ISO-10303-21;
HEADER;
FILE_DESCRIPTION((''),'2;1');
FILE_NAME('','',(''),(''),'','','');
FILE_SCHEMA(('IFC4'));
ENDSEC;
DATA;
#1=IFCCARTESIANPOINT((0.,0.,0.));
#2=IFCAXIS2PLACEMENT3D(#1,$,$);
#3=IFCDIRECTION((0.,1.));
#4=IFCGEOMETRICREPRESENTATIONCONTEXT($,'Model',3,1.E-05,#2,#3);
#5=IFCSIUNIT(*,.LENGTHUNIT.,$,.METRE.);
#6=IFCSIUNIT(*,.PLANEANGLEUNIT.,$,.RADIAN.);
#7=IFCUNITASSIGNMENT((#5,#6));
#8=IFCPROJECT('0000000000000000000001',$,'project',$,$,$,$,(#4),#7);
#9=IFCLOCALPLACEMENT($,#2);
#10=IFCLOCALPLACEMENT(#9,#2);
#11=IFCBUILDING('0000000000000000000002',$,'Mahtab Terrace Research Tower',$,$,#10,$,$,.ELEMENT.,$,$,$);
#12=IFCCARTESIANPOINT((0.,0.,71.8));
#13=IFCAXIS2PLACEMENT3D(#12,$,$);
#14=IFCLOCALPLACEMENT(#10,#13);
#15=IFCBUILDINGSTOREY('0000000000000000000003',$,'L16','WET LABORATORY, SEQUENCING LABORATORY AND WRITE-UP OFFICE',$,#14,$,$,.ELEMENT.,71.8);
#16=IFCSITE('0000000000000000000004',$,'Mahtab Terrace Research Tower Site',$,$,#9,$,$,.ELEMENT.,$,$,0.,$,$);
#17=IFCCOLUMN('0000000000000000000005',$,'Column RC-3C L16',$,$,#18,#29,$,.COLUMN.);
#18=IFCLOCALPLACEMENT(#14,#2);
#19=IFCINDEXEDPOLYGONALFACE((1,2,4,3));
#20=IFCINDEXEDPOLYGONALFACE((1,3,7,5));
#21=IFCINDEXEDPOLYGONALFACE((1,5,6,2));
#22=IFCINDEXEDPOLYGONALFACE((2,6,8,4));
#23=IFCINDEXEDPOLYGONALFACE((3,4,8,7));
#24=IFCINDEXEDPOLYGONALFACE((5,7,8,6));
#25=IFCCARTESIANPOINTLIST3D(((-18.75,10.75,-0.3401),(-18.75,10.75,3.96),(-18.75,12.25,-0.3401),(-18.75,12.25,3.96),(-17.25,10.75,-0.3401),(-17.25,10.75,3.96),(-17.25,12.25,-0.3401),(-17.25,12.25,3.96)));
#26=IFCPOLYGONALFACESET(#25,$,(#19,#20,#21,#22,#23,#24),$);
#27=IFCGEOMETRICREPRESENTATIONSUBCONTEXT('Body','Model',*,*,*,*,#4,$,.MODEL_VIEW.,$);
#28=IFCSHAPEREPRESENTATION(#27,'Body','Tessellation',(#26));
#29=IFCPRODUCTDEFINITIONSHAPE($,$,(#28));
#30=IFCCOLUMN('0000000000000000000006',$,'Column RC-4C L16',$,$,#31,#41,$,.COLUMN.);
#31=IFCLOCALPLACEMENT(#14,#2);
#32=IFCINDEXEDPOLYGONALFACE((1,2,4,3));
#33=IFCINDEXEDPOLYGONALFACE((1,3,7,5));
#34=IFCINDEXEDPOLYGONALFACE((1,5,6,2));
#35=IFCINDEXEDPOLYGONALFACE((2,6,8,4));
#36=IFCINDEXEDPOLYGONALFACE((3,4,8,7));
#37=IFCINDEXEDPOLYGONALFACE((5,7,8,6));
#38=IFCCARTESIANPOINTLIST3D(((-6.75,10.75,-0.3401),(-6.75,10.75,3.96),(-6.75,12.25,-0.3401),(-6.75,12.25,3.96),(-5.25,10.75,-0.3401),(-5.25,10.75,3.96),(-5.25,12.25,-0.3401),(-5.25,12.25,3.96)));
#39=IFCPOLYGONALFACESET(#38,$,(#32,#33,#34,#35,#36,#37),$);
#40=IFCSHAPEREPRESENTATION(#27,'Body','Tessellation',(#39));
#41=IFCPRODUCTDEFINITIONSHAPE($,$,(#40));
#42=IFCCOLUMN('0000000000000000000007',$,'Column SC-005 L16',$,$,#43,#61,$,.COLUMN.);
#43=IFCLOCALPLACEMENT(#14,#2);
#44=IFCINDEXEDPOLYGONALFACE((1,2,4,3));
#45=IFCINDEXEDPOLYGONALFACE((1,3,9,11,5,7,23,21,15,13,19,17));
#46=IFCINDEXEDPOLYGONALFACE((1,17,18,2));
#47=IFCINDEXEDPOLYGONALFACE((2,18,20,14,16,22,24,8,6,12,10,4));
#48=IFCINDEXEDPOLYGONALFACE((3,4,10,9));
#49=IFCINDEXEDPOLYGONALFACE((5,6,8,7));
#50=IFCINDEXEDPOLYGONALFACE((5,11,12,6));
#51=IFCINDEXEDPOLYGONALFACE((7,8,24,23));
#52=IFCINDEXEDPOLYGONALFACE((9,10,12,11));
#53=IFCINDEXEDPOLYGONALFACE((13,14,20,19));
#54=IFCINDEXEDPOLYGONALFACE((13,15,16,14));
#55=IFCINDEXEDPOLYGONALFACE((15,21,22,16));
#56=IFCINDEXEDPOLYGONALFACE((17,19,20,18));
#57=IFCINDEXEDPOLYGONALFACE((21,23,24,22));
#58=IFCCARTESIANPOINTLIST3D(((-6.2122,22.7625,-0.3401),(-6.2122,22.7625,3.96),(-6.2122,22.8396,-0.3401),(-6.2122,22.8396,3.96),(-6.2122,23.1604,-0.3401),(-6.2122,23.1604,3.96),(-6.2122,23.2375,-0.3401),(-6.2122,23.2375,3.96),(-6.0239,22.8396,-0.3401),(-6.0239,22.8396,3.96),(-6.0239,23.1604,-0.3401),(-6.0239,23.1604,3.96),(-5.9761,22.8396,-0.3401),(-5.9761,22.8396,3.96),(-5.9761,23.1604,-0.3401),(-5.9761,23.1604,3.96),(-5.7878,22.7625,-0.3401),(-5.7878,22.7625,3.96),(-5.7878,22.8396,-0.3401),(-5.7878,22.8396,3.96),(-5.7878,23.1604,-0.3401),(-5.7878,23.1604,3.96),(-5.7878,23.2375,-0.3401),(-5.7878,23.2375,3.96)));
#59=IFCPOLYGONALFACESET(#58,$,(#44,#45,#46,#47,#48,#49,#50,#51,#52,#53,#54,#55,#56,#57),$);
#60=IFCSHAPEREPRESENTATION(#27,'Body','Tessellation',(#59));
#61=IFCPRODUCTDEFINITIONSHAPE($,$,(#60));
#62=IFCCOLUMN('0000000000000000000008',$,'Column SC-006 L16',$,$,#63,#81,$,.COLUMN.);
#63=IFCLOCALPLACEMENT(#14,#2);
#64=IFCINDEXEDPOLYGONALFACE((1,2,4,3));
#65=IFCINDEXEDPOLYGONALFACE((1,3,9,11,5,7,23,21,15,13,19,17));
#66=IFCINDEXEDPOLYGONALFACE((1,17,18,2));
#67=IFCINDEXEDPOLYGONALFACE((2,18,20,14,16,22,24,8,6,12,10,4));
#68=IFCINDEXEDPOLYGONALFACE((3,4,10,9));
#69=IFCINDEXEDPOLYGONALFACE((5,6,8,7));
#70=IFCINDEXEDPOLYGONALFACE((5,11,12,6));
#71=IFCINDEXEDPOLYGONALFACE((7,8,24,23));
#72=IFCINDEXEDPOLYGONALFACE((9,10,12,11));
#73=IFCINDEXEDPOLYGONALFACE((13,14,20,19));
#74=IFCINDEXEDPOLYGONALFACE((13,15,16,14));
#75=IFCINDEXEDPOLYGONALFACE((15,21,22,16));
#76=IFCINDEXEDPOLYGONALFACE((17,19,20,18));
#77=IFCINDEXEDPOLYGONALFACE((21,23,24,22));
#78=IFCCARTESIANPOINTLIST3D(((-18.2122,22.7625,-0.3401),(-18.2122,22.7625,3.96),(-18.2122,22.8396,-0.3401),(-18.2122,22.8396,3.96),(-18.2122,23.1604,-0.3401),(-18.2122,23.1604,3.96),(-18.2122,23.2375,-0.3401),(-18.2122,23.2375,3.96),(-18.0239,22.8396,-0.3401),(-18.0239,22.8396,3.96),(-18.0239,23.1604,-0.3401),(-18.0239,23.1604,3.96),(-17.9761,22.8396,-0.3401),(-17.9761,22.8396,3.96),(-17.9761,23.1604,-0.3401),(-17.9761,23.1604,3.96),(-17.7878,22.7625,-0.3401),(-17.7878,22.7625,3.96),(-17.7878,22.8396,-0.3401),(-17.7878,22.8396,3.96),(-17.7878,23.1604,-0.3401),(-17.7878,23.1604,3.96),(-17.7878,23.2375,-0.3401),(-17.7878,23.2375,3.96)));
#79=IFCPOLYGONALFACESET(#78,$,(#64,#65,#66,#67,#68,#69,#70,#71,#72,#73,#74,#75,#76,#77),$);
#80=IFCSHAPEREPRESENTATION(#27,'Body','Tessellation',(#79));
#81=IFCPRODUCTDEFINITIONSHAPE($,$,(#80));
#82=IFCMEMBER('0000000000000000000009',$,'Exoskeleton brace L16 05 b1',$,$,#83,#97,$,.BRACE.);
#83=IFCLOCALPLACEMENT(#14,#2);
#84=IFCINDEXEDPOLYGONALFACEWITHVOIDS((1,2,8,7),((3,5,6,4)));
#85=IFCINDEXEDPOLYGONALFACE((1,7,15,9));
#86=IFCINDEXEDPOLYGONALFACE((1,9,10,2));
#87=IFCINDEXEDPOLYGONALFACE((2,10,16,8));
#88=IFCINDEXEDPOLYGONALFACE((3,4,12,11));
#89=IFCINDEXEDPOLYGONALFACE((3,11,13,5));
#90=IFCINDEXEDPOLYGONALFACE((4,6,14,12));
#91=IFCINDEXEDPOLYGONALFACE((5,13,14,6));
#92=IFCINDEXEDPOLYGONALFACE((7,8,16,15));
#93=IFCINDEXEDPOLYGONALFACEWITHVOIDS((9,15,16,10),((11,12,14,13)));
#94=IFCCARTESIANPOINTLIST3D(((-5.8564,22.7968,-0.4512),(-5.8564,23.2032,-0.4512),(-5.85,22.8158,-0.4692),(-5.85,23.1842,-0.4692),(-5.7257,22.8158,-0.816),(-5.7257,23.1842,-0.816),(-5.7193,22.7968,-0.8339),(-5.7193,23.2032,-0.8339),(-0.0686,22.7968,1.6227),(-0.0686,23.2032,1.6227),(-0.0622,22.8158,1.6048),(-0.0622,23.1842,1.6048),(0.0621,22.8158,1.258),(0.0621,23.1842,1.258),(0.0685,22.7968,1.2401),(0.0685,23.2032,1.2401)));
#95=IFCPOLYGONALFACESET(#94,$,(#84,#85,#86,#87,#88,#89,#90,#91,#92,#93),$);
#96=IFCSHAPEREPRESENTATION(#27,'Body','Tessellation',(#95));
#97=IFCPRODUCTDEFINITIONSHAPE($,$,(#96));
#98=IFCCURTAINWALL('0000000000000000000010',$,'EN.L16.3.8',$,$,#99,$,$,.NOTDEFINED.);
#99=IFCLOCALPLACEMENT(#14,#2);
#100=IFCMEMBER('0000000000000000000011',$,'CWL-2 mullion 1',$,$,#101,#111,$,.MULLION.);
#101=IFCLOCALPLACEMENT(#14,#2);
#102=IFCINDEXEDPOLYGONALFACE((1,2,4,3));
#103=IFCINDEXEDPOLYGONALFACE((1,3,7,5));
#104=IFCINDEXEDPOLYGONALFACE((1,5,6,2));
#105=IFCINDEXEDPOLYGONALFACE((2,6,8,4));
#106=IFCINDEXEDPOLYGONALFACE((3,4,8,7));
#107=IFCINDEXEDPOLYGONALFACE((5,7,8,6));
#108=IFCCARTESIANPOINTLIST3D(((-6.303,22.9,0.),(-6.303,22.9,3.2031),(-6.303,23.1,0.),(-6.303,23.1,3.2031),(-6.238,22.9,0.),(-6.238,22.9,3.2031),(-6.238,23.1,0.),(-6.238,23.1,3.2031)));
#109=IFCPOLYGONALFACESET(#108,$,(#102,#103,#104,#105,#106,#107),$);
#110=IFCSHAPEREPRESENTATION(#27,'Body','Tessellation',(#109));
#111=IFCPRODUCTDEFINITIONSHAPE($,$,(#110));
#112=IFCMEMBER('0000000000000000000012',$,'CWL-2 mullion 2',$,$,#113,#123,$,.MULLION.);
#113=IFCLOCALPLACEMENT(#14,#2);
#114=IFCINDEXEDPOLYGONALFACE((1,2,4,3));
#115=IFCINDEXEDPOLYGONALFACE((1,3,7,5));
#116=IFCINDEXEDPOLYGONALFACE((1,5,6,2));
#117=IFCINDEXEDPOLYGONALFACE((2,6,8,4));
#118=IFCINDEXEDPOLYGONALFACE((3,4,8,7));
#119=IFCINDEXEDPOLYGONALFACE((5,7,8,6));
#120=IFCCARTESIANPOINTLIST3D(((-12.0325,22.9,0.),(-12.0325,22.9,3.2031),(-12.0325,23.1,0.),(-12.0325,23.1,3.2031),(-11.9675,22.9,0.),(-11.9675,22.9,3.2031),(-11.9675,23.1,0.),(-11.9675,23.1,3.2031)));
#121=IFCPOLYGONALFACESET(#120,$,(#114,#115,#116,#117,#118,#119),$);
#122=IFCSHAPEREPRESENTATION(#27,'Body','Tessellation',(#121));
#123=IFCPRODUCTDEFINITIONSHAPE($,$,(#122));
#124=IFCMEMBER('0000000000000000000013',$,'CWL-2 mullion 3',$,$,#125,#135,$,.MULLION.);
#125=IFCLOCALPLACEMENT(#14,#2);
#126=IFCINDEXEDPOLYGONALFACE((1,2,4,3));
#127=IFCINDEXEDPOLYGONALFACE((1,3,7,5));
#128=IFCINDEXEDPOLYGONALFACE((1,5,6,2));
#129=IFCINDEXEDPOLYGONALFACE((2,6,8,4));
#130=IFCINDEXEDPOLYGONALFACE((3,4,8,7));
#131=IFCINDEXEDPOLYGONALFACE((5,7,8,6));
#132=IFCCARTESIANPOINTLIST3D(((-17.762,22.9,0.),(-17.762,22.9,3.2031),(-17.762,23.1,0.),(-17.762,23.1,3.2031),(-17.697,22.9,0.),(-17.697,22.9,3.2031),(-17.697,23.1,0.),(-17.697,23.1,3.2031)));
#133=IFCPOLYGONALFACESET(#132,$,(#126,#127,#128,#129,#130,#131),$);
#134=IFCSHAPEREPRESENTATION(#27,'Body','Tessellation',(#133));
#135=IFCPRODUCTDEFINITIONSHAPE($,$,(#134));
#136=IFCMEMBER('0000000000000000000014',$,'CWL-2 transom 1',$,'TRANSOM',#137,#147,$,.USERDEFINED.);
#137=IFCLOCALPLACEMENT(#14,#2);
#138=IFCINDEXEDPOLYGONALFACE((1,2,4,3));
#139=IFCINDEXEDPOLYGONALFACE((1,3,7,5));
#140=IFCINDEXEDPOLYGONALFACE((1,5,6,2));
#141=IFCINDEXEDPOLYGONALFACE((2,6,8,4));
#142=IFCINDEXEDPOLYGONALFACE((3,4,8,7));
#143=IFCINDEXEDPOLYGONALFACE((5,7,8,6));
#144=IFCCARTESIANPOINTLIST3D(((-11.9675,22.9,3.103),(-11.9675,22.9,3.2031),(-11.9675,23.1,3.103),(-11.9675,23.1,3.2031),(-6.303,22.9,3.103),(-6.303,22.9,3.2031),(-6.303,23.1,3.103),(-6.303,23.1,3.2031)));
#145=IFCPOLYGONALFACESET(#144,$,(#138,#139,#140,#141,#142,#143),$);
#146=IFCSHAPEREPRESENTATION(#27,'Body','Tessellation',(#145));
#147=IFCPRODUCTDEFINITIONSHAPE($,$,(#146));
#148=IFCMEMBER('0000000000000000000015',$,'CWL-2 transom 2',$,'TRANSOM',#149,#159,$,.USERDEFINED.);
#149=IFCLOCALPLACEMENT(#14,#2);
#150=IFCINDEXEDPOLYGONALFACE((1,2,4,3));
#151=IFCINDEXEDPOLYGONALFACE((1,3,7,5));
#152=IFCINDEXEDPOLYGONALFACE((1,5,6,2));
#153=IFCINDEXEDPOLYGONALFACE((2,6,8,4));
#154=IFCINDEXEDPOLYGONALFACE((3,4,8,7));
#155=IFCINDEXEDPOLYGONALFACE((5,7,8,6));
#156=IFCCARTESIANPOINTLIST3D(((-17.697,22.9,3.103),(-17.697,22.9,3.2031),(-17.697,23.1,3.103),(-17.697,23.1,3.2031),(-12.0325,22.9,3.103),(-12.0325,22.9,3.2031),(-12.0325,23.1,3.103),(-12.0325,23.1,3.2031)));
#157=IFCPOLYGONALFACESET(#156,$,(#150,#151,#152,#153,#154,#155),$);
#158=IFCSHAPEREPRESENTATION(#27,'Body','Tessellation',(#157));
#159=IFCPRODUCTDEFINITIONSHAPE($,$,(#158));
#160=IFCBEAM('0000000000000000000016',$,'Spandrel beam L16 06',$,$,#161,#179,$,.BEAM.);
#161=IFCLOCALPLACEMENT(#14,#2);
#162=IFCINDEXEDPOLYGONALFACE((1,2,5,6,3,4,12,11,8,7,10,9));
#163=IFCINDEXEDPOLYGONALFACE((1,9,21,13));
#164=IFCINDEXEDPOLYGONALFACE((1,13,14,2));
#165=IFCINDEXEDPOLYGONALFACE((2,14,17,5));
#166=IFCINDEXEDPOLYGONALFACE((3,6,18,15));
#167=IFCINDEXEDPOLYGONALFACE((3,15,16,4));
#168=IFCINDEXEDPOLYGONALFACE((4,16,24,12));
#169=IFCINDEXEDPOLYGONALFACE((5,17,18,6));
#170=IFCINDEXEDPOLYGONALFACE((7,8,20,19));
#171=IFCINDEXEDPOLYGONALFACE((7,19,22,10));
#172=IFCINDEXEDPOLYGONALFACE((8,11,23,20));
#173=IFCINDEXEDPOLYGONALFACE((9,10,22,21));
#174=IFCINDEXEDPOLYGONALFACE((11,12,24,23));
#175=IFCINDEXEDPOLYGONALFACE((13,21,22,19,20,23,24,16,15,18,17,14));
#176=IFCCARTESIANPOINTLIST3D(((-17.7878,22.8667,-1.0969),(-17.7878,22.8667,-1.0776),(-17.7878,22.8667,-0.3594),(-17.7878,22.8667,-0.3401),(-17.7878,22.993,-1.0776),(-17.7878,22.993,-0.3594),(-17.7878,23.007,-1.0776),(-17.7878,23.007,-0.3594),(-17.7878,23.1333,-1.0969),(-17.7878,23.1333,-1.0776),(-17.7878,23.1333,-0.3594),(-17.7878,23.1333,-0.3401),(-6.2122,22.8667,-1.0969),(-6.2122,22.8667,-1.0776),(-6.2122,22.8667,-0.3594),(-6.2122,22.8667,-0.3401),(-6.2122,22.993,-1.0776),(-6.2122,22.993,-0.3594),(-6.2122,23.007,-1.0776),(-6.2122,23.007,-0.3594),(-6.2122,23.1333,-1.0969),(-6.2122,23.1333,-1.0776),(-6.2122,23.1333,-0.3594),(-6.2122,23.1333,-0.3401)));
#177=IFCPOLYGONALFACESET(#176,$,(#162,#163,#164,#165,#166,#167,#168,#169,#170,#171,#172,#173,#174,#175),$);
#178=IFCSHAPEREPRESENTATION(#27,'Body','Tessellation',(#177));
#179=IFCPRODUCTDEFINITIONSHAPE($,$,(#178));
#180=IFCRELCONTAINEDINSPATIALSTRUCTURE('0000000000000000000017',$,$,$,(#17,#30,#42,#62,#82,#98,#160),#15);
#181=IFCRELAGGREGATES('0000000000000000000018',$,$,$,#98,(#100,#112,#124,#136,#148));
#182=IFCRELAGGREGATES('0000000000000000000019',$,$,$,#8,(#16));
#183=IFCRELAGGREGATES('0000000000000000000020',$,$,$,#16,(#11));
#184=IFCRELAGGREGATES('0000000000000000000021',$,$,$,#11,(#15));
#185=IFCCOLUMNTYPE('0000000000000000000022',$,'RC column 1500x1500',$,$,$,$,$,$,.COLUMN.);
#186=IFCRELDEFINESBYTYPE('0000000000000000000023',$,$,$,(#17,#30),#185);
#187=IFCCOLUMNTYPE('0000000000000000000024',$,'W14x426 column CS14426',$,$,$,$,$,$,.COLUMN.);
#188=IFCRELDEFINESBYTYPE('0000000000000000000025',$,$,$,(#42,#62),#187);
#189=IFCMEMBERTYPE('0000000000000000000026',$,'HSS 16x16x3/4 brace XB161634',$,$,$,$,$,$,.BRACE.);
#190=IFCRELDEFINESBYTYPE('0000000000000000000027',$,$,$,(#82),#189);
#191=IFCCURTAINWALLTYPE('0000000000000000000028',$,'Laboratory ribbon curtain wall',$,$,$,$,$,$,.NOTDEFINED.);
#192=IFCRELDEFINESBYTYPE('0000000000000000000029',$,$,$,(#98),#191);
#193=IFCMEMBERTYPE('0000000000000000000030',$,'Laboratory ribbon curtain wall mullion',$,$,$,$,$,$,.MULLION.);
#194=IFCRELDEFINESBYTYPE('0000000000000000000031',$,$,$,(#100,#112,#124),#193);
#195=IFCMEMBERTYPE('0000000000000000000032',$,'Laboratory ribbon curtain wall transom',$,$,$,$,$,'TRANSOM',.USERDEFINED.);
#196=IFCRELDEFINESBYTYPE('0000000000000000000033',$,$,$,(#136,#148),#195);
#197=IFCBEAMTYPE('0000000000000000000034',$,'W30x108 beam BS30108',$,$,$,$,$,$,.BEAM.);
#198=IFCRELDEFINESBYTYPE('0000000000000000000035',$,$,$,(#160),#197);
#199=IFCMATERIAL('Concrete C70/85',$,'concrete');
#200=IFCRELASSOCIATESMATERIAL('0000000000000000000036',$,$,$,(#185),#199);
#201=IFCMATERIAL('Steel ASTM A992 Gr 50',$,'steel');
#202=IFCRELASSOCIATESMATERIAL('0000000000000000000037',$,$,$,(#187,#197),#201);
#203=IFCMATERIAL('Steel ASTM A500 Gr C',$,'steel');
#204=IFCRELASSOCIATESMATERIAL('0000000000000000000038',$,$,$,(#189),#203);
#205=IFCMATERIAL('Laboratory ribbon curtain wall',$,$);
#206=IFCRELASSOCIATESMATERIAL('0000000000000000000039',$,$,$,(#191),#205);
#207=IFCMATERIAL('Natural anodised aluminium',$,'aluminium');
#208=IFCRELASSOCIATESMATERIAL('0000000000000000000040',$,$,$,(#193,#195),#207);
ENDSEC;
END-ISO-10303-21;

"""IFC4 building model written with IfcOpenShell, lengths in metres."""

from ifc_helpers import new_model, si_unit, direction, frame, origin, origin_2d, place, context, subcontext, project, spatial, rectangle, hollow_rectangle, i_section, extrude, material, material_profile, profile_set, type_object, element, aggregate, save


model = new_model("IFC4")

# Units and contexts
model_context = context("Model", 3, precision=1e-05, world=origin(), true_north=direction((0.0, 1.0)))
body_context = subcontext(model_context, "Body", "Model", "MODEL_VIEW")
ifc_project = project(units=[si_unit("LENGTHUNIT", "METRE"), si_unit("PLANEANGLEUNIT", "RADIAN")], contexts=[model_context])

# Site, building, storey
site_placement = place(None, origin())
site = spatial("IfcSite", under=ifc_project, at=site_placement, Name="Mahtab Terrace Research Tower Site", CompositionType="ELEMENT", RefElevation=0.0)
building_placement = place(site_placement, origin())
building = spatial("IfcBuilding", under=site, at=building_placement, Name="Mahtab Terrace Research Tower", CompositionType="ELEMENT")
storey_placement = place(building_placement, frame((0.0, 0.0, 71.8)))
storey = spatial("IfcBuildingStorey", under=building, at=storey_placement, Name="L16", Description="WET LABORATORY, SEQUENCING LABORATORY AND WRITE-UP OFFICE", CompositionType="ELEMENT", Elevation=71.8)

# Columns
ifc_material_1 = material(Name="Concrete C70/85", Category="concrete")
ifc_material_profile_1 = material_profile(ifc_material_1, rectangle(XDim=1.5, YDim=1.5, at=origin_2d()), Name="RC column 1500x1500")
ifc_profile_set_1 = profile_set([ifc_material_profile_1], Name="Concrete C70/85")
column_type_1 = type_object("IfcColumnType", Name="RC column 1500x1500", PredefinedType="COLUMN", material=ifc_profile_set_1)
for number, where, z_axis, x_axis, name in (
    (1, (-18.0, 11.5, -0.3401), (0.0, 0.0, 1.0), (1.0, 0.0, 0.0), "Column RC-3C L16"),
    (2, (-6.0, 11.5, -0.3401), (0.0, 0.0, 1.0), (1.0, 0.0, 0.0), "Column RC-4C L16"),
):
    element("IfcColumn", number, at=place(storey_placement, frame(where, z_axis=z_axis, x_axis=x_axis)), inside=storey, type_object=column_type_1, Name=name, PredefinedType="COLUMN", context=body_context, shape_type="SweptSolid", body=[
        extrude(rectangle(XDim=1.5, YDim=1.5, at=origin_2d()), origin(), (0.0, 0.0, 1.0), 4.3),
    ])
ifc_material_2 = material(Name="Steel ASTM A992 Gr 50", Category="steel")
ifc_material_profile_2 = material_profile(ifc_material_2, i_section(OverallWidth=0.4243, OverallDepth=0.4751, WebThickness=0.0479, FlangeThickness=0.0771, at=origin_2d()), Name="W14X426")
ifc_profile_set_2 = profile_set([ifc_material_profile_2], Name="Steel ASTM A992 Gr 50")
column_type_2 = type_object("IfcColumnType", Name="W14x426 column CS14426", PredefinedType="COLUMN", material=ifc_profile_set_2)
for number, where, z_axis, x_axis, name in (
    (3, (-6.0, 23.0, -0.3401), (0.0, 0.0, 1.0), (1.0, 0.0, 0.0), "Column SC-005 L16"),
    (4, (-18.0, 23.0, -0.3401), (0.0, 0.0, 1.0), (1.0, 0.0, 0.0), "Column SC-006 L16"),
):
    element("IfcColumn", number, at=place(storey_placement, frame(where, z_axis=z_axis, x_axis=x_axis)), inside=storey, type_object=column_type_2, Name=name, PredefinedType="COLUMN", context=body_context, shape_type="SweptSolid", body=[
        extrude(i_section(OverallWidth=0.4243, OverallDepth=0.4751, WebThickness=0.0479, FlangeThickness=0.0771, at=origin_2d()), origin(), (0.0, 0.0, 1.0), 4.3),
    ])

# Member
ifc_material_3 = material(Name="Steel ASTM A500 Gr C", Category="steel")
ifc_material_profile_3 = material_profile(ifc_material_3, hollow_rectangle(XDim=0.4065, YDim=0.4065, WallThickness=0.019, at=origin_2d()), Name="HSS16X16X3/4")
ifc_profile_set_3 = profile_set([ifc_material_profile_3], Name="Steel ASTM A500 Gr C")
member_type_1 = type_object("IfcMemberType", Name="HSS 16x16x3/4 brace XB161634", PredefinedType="BRACE", material=ifc_profile_set_3)
member_1_placement = place(storey_placement, frame((-5.7878, 23.0, -0.6426), z_axis=(0.941387, 0.0, 0.33733), x_axis=(0.0, 1.0, 0.0)))
element("IfcMember", 5, at=member_1_placement, inside=storey, type_object=member_type_1, Name="Exoskeleton brace L16 05 b1", PredefinedType="BRACE", context=body_context, shape_type="SweptSolid", body=[
    extrude(hollow_rectangle(XDim=0.4065, YDim=0.4065, WallThickness=0.019, at=origin_2d()), origin(), (0.0, 0.0, 1.0), 6.1482),
])

# Curtain wall, members
ifc_material_4 = material(Name="Laboratory ribbon curtain wall")
curtain_wall_type = type_object("IfcCurtainWallType", Name="Laboratory ribbon curtain wall", PredefinedType="NOTDEFINED", material=ifc_material_4)
curtain_wall_placement = place(storey_placement, origin())
curtain_wall = element("IfcCurtainWall", 6, at=curtain_wall_placement, inside=storey, type_object=curtain_wall_type, Name="EN.L16.3.8", PredefinedType="NOTDEFINED")
ifc_material_5 = material(Name="Natural anodised aluminium", Category="aluminium")
ifc_material_profile_4 = material_profile(ifc_material_5, rectangle(XDim=0.2, YDim=0.0649, at=origin_2d()), Name="MULLION 65x200")
ifc_profile_set_4 = profile_set([ifc_material_profile_4], Name="Natural anodised aluminium")
member_type_2 = type_object("IfcMemberType", Name="Laboratory ribbon curtain wall mullion", PredefinedType="MULLION", material=ifc_profile_set_4)
member_2_placement = place(storey_placement, frame((-6.2705, 23.0, 0.0), z_axis=(0.0, 0.0, 1.0), x_axis=(0.0, -1.0, 0.0)))
member_2 = element("IfcMember", 7, at=member_2_placement, type_object=member_type_2, Name="CWL-2 mullion 1", PredefinedType="MULLION", context=body_context, shape_type="SweptSolid", body=[
    extrude(rectangle(XDim=0.2, YDim=0.0649, at=origin_2d()), origin(), (0.0, 0.0, 1.0), 3.2031),
])
member_3_placement = place(storey_placement, frame((-12.0, 23.0, 0.0), z_axis=(0.0, 0.0, 1.0), x_axis=(0.0, -1.0, 0.0)))
member_3 = element("IfcMember", 8, at=member_3_placement, type_object=member_type_2, Name="CWL-2 mullion 2", PredefinedType="MULLION", context=body_context, shape_type="SweptSolid", body=[
    extrude(rectangle(XDim=0.2, YDim=0.0649, at=origin_2d()), origin(), (0.0, 0.0, 1.0), 3.2031),
])
member_4_placement = place(storey_placement, frame((-17.7295, 23.0, 0.0), z_axis=(0.0, 0.0, 1.0), x_axis=(0.0, -1.0, 0.0)))
member_4 = element("IfcMember", 9, at=member_4_placement, type_object=member_type_2, Name="CWL-2 mullion 3", PredefinedType="MULLION", context=body_context, shape_type="SweptSolid", body=[
    extrude(rectangle(XDim=0.2, YDim=0.0649, at=origin_2d()), origin(), (0.0, 0.0, 1.0), 3.2031),
])
ifc_material_profile_5 = material_profile(ifc_material_5, rectangle(XDim=0.2, YDim=0.1001, at=origin_2d()), Name="TRANSOM 100x200")
ifc_profile_set_5 = profile_set([ifc_material_profile_5], Name="Natural anodised aluminium")
member_type_3 = type_object("IfcMemberType", Name="Laboratory ribbon curtain wall transom", ElementType="TRANSOM", PredefinedType="USERDEFINED", material=ifc_profile_set_5)
member_5_placement = place(storey_placement, frame((-6.303, 23.0, 3.1531), z_axis=(-1.0, 0.0, 0.0), x_axis=(0.0, -1.0, 0.0)))
member_5 = element("IfcMember", 10, at=member_5_placement, type_object=member_type_3, Name="CWL-2 transom 1", ObjectType="TRANSOM", PredefinedType="USERDEFINED", context=body_context, shape_type="SweptSolid", body=[
    extrude(rectangle(XDim=0.2, YDim=0.1001, at=origin_2d()), origin(), (0.0, 0.0, 1.0), 5.6646),
])
member_6_placement = place(storey_placement, frame((-12.0325, 23.0, 3.1531), z_axis=(-1.0, 0.0, 0.0), x_axis=(0.0, -1.0, 0.0)))
member_6 = element("IfcMember", 11, at=member_6_placement, type_object=member_type_3, Name="CWL-2 transom 2", ObjectType="TRANSOM", PredefinedType="USERDEFINED", context=body_context, shape_type="SweptSolid", body=[
    extrude(rectangle(XDim=0.2, YDim=0.1001, at=origin_2d()), origin(), (0.0, 0.0, 1.0), 5.6646),
])

# Beam
ifc_material_profile_6 = material_profile(ifc_material_2, i_section(OverallWidth=0.2666, OverallDepth=0.7568, WebThickness=0.0139, FlangeThickness=0.0193, at=origin_2d()), Name="W30X108")
ifc_profile_set_6 = profile_set([ifc_material_profile_6], Name="Steel ASTM A992 Gr 50")
beam_type = type_object("IfcBeamType", Name="W30x108 beam BS30108", PredefinedType="BEAM", material=ifc_profile_set_6)
beam_placement = place(storey_placement, frame((-6.2122, 23.0, -0.7185), z_axis=(-1.0, 0.0, 0.0), x_axis=(0.0, -1.0, 0.0)))
element("IfcBeam", 12, at=beam_placement, inside=storey, type_object=beam_type, Name="Spandrel beam L16 06", PredefinedType="BEAM", context=body_context, shape_type="SweptSolid", body=[
    extrude(i_section(OverallWidth=0.2666, OverallDepth=0.7568, WebThickness=0.0139, FlangeThickness=0.0193, at=origin_2d()), origin(), (0.0, 0.0, 1.0), 11.5757),
])

aggregate(curtain_wall, [member_2, member_3, member_4, member_5, member_6])

save(model, "model.ifc")
